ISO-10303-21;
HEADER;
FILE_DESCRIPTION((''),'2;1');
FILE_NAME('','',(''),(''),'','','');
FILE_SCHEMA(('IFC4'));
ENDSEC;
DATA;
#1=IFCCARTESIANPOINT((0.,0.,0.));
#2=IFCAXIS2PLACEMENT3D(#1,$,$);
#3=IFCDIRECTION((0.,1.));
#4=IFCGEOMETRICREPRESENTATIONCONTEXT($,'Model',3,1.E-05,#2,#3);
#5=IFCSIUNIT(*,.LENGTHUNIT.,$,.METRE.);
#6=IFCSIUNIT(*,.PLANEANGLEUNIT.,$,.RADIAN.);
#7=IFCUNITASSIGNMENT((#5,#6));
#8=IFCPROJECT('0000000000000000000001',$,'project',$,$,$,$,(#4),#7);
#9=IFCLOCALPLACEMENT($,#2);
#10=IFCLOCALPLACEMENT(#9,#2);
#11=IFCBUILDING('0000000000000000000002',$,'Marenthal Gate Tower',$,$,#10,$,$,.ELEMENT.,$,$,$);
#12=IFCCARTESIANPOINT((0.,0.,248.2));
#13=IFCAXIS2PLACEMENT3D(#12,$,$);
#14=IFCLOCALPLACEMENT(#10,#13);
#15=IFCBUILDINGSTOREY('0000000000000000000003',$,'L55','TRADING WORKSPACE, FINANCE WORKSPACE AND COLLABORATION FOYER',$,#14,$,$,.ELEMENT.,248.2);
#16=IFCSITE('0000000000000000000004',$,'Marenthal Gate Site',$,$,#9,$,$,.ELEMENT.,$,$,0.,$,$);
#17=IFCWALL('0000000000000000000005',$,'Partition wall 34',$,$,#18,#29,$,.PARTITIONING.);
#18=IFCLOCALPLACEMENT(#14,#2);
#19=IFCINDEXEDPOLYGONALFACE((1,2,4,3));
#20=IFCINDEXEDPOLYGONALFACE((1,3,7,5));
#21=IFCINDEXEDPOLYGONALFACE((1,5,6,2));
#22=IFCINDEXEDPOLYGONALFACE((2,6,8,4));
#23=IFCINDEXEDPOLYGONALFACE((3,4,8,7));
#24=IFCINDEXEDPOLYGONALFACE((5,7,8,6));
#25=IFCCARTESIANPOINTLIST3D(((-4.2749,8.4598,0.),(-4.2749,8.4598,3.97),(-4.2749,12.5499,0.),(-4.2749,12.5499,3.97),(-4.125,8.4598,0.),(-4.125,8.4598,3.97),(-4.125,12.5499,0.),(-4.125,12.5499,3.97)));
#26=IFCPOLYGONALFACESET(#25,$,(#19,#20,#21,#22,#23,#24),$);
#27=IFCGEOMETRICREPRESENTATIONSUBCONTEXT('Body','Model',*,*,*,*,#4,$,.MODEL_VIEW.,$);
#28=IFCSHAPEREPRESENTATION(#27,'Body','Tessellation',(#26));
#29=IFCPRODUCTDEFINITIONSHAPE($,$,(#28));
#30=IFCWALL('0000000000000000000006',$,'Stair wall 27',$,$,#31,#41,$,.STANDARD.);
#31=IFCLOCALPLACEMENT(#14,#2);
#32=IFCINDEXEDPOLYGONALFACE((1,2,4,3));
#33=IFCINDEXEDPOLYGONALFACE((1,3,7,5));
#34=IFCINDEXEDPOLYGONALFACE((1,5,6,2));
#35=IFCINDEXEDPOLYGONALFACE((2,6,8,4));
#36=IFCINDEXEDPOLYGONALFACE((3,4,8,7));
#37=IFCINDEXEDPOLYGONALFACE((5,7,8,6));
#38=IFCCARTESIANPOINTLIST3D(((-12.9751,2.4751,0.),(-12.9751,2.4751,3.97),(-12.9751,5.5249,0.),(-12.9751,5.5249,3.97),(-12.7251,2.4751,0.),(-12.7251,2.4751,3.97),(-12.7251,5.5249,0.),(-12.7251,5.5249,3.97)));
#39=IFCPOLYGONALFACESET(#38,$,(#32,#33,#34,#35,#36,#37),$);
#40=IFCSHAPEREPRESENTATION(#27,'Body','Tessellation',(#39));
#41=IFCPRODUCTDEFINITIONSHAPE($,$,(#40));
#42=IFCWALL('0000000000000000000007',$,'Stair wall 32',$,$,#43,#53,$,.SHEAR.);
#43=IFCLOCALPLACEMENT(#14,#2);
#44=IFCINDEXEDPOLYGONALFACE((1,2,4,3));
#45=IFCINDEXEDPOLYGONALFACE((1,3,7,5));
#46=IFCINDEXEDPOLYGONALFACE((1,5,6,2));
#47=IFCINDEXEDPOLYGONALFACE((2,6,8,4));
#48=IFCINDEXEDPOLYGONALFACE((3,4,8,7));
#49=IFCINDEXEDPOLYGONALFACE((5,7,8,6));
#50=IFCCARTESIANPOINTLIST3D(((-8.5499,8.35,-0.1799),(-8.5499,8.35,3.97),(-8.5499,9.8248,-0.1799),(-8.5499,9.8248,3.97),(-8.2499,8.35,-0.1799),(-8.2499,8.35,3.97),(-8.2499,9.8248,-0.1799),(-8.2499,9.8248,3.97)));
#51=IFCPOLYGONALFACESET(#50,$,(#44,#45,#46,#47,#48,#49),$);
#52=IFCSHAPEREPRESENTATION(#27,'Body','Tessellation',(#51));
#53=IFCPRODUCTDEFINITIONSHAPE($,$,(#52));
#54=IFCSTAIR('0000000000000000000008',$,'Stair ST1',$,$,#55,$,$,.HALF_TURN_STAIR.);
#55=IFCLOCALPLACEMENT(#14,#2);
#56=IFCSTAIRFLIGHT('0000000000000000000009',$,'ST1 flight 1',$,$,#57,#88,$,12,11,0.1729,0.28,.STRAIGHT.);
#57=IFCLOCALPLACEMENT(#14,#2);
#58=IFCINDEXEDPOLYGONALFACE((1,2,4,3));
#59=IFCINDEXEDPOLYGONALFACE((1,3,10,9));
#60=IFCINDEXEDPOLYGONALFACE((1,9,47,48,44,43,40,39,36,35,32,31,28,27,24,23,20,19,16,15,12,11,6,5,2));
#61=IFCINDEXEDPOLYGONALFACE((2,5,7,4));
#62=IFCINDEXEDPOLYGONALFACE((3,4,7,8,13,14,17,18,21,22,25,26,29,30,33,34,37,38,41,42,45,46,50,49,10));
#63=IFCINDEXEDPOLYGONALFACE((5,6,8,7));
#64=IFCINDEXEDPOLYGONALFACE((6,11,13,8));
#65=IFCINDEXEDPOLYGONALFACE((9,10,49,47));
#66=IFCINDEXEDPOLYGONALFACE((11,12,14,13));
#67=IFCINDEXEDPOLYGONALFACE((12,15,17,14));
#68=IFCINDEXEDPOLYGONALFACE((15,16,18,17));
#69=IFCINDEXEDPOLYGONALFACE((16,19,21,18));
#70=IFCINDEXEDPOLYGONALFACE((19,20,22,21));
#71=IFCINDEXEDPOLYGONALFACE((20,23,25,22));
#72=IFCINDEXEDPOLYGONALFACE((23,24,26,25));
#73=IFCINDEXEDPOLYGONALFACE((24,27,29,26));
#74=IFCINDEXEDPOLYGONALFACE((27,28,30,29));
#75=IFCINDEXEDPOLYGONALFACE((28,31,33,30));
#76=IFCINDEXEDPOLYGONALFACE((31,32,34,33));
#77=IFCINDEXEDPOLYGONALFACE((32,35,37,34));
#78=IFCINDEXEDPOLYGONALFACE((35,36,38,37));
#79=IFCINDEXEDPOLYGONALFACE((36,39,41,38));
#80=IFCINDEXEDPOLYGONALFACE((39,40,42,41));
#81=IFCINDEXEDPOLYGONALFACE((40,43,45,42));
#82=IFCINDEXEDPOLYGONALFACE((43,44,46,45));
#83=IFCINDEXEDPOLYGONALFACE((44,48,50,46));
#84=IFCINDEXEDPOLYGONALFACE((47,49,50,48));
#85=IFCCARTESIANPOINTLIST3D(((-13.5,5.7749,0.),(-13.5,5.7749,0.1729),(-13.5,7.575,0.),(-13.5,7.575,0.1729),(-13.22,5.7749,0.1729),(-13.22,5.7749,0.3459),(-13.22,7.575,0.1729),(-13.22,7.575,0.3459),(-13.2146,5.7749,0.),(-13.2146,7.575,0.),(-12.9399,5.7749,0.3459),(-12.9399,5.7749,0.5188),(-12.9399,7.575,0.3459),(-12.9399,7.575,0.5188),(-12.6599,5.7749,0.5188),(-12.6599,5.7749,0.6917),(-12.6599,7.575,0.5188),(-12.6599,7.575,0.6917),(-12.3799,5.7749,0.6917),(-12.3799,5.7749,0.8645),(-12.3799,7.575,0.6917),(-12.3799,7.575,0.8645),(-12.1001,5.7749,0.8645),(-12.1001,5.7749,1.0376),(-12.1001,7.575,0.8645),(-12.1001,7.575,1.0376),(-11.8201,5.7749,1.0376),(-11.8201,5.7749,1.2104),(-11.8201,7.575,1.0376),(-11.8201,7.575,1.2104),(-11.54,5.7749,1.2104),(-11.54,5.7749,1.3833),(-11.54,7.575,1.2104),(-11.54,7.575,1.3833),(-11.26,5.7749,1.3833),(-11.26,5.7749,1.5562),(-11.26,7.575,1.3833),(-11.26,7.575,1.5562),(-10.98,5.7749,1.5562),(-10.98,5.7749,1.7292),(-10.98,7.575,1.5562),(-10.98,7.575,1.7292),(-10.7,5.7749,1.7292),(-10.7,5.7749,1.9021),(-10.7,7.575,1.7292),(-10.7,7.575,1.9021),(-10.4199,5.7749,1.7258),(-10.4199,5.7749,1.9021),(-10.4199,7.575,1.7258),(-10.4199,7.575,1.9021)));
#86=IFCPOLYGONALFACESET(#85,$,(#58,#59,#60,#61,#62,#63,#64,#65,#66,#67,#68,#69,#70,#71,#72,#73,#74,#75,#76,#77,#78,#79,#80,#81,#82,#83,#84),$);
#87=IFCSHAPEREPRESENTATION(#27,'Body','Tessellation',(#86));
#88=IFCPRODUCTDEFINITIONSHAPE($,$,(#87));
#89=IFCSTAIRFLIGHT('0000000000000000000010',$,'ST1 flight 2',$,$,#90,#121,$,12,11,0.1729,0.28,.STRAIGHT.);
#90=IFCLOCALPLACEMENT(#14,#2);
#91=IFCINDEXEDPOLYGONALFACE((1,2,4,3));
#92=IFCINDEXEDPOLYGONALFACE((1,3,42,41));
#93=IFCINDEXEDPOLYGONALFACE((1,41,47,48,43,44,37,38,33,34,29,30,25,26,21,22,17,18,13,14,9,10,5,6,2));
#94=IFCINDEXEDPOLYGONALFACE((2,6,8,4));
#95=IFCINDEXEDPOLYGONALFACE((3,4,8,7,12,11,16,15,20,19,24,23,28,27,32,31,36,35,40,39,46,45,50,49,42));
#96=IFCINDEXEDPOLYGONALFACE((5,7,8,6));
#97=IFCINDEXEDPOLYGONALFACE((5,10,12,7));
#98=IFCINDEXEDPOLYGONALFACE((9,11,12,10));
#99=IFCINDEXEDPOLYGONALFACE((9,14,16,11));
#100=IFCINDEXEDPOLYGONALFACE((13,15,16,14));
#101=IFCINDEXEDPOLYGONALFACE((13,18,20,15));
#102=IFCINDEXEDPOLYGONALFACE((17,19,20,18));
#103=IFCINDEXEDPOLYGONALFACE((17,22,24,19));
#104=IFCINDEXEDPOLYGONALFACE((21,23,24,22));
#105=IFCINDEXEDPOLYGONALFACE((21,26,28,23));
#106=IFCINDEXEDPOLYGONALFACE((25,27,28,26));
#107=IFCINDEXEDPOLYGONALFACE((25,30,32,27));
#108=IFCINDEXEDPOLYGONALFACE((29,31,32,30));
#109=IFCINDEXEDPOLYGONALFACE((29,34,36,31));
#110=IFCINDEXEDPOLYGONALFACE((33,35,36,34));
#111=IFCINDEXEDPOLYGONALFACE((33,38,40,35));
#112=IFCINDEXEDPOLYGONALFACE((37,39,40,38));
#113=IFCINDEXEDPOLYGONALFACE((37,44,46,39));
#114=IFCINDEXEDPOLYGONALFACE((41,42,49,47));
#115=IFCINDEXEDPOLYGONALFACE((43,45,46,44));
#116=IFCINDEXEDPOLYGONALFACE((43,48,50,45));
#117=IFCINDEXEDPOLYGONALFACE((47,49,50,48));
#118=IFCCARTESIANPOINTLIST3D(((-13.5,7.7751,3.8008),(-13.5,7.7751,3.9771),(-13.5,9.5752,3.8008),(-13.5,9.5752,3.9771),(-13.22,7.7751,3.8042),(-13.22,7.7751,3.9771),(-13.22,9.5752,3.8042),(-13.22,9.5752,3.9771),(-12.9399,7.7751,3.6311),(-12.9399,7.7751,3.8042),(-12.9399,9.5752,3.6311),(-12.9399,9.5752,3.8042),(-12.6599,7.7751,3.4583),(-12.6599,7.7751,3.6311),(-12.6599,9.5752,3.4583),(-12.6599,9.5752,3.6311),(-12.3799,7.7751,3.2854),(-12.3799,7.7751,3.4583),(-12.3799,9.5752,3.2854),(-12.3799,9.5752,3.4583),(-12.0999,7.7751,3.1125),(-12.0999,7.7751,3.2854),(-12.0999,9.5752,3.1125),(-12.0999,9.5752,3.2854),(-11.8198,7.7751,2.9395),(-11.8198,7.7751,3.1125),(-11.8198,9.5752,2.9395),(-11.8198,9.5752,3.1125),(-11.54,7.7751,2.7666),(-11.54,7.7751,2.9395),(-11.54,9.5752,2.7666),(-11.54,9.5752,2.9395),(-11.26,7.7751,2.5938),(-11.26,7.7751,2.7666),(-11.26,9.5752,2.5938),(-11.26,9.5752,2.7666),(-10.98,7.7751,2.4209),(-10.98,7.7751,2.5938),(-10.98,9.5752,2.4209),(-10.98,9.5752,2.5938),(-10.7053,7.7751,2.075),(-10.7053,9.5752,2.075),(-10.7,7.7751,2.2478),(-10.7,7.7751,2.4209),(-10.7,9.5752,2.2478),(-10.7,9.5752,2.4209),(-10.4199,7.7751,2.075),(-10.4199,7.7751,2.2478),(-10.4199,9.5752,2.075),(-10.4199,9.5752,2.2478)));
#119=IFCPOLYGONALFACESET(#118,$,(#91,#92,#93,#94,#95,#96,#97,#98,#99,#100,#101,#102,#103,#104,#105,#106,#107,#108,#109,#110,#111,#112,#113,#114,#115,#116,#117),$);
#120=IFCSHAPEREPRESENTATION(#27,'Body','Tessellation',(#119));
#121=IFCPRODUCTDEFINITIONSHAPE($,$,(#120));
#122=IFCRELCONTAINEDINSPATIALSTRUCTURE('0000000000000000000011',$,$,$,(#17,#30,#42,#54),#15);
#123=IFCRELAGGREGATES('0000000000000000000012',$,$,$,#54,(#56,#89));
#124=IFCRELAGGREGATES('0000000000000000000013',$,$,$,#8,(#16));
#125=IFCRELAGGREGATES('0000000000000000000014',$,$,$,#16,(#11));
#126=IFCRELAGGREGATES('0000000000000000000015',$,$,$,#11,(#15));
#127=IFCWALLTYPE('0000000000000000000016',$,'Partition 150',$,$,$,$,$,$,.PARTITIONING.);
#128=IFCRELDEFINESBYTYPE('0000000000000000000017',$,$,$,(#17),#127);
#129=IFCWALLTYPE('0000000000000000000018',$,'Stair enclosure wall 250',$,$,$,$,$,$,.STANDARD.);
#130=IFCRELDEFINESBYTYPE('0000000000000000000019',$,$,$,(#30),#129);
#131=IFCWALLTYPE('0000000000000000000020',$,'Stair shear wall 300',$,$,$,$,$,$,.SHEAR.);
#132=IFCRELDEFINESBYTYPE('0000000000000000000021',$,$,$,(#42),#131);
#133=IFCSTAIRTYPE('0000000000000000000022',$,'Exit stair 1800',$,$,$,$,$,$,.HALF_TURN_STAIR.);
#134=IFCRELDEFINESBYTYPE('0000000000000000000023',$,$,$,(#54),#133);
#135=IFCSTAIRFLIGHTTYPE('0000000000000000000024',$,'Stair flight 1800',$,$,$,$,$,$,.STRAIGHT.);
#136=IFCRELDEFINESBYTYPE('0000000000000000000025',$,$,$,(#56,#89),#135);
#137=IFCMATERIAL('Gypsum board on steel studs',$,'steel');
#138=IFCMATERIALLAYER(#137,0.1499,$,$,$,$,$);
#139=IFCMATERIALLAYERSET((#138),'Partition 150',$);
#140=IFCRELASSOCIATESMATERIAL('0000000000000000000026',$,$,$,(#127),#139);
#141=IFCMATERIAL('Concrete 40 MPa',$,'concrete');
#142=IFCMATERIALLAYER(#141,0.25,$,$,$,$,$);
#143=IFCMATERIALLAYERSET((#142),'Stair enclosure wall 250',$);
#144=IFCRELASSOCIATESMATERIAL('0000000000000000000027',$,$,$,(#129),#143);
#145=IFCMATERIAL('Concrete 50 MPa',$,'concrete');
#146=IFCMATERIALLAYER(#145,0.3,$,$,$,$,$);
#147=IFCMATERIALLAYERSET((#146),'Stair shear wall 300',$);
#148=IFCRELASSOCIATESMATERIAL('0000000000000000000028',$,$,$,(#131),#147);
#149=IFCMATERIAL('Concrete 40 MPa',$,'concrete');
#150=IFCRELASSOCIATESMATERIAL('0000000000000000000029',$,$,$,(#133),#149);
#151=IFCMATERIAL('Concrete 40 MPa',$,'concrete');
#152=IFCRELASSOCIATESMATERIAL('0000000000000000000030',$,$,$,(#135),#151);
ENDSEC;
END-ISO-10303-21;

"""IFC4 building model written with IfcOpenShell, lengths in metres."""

from ifc_helpers import new_model, si_unit, direction, frame, frame_2d, origin, place, context, subcontext, project, spatial, polyline, rectangle, outline, extrude, material, layer, layer_set, type_object, element, aggregate, save


model = new_model("IFC4")

# Units and contexts
model_context = context("Model", 3, precision=1e-05, world=origin(), true_north=direction((0.0, 1.0)))
body_context = subcontext(model_context, "Body", "Model", "MODEL_VIEW")
ifc_project = project(units=[si_unit("LENGTHUNIT", "METRE"), si_unit("PLANEANGLEUNIT", "RADIAN")], contexts=[model_context])

# Site, building, storey
site_placement = place(None, origin())
site = spatial("IfcSite", under=ifc_project, at=site_placement, Name="Marenthal Gate Site", CompositionType="ELEMENT", RefElevation=0.0)
building_placement = place(site_placement, origin())
building = spatial("IfcBuilding", under=site, at=building_placement, Name="Marenthal Gate Tower", CompositionType="ELEMENT")
storey_placement = place(building_placement, frame((0.0, 0.0, 248.2)))
storey = spatial("IfcBuildingStorey", under=building, at=storey_placement, Name="L55", Description="TRADING WORKSPACE, FINANCE WORKSPACE AND COLLABORATION FOYER", CompositionType="ELEMENT", Elevation=248.2)

# Walls
ifc_material_1 = material(Name="Gypsum board on steel studs", Category="steel")
ifc_layer_1 = layer(ifc_material_1, 0.1499)
ifc_layer_set_1 = layer_set([ifc_layer_1], Name="Partition 150")
wall_type_1 = type_object("IfcWallType", Name="Partition 150", PredefinedType="PARTITIONING", material=ifc_layer_set_1)
wall_1_placement = place(storey_placement, frame((-4.2, 8.46, 0.0), z_axis=(0.0, 0.0, 1.0), x_axis=(0.0, 1.0, 0.0)))
element("IfcWall", 1, at=wall_1_placement, inside=storey, type_object=wall_type_1, Name="Partition wall 34", PredefinedType="PARTITIONING", context=body_context, shape_type="SweptSolid", body=[
    extrude(rectangle(XDim=4.0901, YDim=0.1499, at=frame_2d((2.0449, 0.0))), origin(), (0.0, 0.0, 1.0), 3.97),
])
ifc_material_2 = material(Name="Concrete 40 MPa", Category="concrete")
ifc_layer_2 = layer(ifc_material_2, 0.25)
ifc_layer_set_2 = layer_set([ifc_layer_2], Name="Stair enclosure wall 250")
wall_type_2 = type_object("IfcWallType", Name="Stair enclosure wall 250", PredefinedType="STANDARD", material=ifc_layer_set_2)
wall_2_placement = place(storey_placement, frame((-12.8501, 2.4751, 0.0), z_axis=(0.0, 0.0, 1.0), x_axis=(0.0, 1.0, 0.0)))
element("IfcWall", 2, at=wall_2_placement, inside=storey, type_object=wall_type_2, Name="Stair wall 27", PredefinedType="STANDARD", context=body_context, shape_type="SweptSolid", body=[
    extrude(rectangle(XDim=3.0498, YDim=0.25, at=frame_2d((1.5249, 0.0))), origin(), (0.0, 0.0, 1.0), 3.97),
])
ifc_material_3 = material(Name="Concrete 50 MPa", Category="concrete")
ifc_layer_3 = layer(ifc_material_3, 0.3)
ifc_layer_set_3 = layer_set([ifc_layer_3], Name="Stair shear wall 300")
wall_type_3 = type_object("IfcWallType", Name="Stair shear wall 300", PredefinedType="SHEAR", material=ifc_layer_set_3)
wall_3_placement = place(storey_placement, frame((-8.3999, 8.3501, -0.1799), z_axis=(0.0, 0.0, 1.0), x_axis=(0.0, 1.0, 0.0)))
element("IfcWall", 3, at=wall_3_placement, inside=storey, type_object=wall_type_3, Name="Stair wall 32", PredefinedType="SHEAR", context=body_context, shape_type="SweptSolid", body=[
    extrude(rectangle(XDim=1.4749, YDim=0.3, at=frame_2d((0.7373, 0.0))), origin(), (0.0, 0.0, 1.0), 4.1499),
])

# Stair, stair flights
ifc_material_4 = material(Name="Concrete 40 MPa", Category="concrete")
stair_type = type_object("IfcStairType", Name="Exit stair 1800", PredefinedType="HALF_TURN_STAIR", material=ifc_material_4)
stair_placement = place(storey_placement, origin())
stair = element("IfcStair", 4, at=stair_placement, inside=storey, type_object=stair_type, Name="Stair ST1", PredefinedType="HALF_TURN_STAIR")
ifc_material_5 = material(Name="Concrete 40 MPa", Category="concrete")
stair_flight_type = type_object("IfcStairFlightType", Name="Stair flight 1800", PredefinedType="STRAIGHT", material=ifc_material_5)
stair_flight_1_placement = place(storey_placement, frame((-13.5, 6.675, 0.0), z_axis=(0.0, 0.0, 1.0), x_axis=(1.0, 0.0, 0.0)))
stair_flight_1 = element("IfcStairFlight", 5, at=stair_flight_1_placement, type_object=stair_flight_type, Name="ST1 flight 1", NumberOfRisers=12, NumberOfTreads=11, PredefinedType="STRAIGHT", RiserHeight=0.1729, TreadLength=0.28, context=body_context, shape_type="SweptSolid", body=[
    extrude(outline(polyline([(0.0, 0.0), (0.0, 0.1729), (0.28, 0.1729), (0.28, 0.3459), (0.5601, 0.3459), (0.5601, 0.5188), (0.8401, 0.5188), (0.8401, 0.6917), (1.1201, 0.6917), (1.1201, 0.8645), (1.3999, 0.8645), (1.3999, 1.0376), (1.6799, 1.0376), (1.6799, 1.2104), (1.96, 1.2104), (1.96, 1.3833), (2.24, 1.3833), (2.24, 1.5562), (2.52, 1.5562), (2.52, 1.7292), (2.8, 1.7292), (2.8, 1.9021), (3.0801, 1.9021), (3.0801, 2.075), (3.0801, 1.7258), (0.2854, 0.0), (0.0, 0.0)])), frame((0.0, 0.8999, 0.0), z_axis=(0.0, -1.0, 0.0), x_axis=(1.0, 0.0, 0.0)), (0.0, 0.0, 1.0), 1.8),
])
stair_flight_2_placement = place(storey_placement, frame((-10.4199, 8.675, 2.075), z_axis=(0.0, 0.0, 1.0), x_axis=(-1.0, 0.0, 0.0)))
stair_flight_2 = element("IfcStairFlight", 6, at=stair_flight_2_placement, type_object=stair_flight_type, Name="ST1 flight 2", NumberOfRisers=12, NumberOfTreads=11, PredefinedType="STRAIGHT", RiserHeight=0.1729, TreadLength=0.28, context=body_context, shape_type="SweptSolid", body=[
    extrude(outline(polyline([(0.0, 0.0), (0.0, 0.1729), (0.28, 0.1729), (0.28, 0.3459), (0.5601, 0.3459), (0.5601, 0.5188), (0.8401, 0.5188), (0.8401, 0.6917), (1.1201, 0.6917), (1.1201, 0.8645), (1.3999, 0.8645), (1.3999, 1.0376), (1.6799, 1.0376), (1.6799, 1.2104), (1.96, 1.2104), (1.96, 1.3833), (2.24, 1.3833), (2.24, 1.5562), (2.52, 1.5562), (2.52, 1.7292), (2.8, 1.7292), (2.8, 1.9021), (3.0801, 1.9021), (3.0801, 2.075), (3.0801, 1.7258), (0.2854, 0.0), (0.0, 0.0)])), frame((0.0, 0.8999, 0.0), z_axis=(0.0, -1.0, 0.0), x_axis=(1.0, 0.0, 0.0)), (0.0, 0.0, 1.0), 1.8),
])
aggregate(stair, [stair_flight_1, stair_flight_2])

save(model, "model.ifc")
